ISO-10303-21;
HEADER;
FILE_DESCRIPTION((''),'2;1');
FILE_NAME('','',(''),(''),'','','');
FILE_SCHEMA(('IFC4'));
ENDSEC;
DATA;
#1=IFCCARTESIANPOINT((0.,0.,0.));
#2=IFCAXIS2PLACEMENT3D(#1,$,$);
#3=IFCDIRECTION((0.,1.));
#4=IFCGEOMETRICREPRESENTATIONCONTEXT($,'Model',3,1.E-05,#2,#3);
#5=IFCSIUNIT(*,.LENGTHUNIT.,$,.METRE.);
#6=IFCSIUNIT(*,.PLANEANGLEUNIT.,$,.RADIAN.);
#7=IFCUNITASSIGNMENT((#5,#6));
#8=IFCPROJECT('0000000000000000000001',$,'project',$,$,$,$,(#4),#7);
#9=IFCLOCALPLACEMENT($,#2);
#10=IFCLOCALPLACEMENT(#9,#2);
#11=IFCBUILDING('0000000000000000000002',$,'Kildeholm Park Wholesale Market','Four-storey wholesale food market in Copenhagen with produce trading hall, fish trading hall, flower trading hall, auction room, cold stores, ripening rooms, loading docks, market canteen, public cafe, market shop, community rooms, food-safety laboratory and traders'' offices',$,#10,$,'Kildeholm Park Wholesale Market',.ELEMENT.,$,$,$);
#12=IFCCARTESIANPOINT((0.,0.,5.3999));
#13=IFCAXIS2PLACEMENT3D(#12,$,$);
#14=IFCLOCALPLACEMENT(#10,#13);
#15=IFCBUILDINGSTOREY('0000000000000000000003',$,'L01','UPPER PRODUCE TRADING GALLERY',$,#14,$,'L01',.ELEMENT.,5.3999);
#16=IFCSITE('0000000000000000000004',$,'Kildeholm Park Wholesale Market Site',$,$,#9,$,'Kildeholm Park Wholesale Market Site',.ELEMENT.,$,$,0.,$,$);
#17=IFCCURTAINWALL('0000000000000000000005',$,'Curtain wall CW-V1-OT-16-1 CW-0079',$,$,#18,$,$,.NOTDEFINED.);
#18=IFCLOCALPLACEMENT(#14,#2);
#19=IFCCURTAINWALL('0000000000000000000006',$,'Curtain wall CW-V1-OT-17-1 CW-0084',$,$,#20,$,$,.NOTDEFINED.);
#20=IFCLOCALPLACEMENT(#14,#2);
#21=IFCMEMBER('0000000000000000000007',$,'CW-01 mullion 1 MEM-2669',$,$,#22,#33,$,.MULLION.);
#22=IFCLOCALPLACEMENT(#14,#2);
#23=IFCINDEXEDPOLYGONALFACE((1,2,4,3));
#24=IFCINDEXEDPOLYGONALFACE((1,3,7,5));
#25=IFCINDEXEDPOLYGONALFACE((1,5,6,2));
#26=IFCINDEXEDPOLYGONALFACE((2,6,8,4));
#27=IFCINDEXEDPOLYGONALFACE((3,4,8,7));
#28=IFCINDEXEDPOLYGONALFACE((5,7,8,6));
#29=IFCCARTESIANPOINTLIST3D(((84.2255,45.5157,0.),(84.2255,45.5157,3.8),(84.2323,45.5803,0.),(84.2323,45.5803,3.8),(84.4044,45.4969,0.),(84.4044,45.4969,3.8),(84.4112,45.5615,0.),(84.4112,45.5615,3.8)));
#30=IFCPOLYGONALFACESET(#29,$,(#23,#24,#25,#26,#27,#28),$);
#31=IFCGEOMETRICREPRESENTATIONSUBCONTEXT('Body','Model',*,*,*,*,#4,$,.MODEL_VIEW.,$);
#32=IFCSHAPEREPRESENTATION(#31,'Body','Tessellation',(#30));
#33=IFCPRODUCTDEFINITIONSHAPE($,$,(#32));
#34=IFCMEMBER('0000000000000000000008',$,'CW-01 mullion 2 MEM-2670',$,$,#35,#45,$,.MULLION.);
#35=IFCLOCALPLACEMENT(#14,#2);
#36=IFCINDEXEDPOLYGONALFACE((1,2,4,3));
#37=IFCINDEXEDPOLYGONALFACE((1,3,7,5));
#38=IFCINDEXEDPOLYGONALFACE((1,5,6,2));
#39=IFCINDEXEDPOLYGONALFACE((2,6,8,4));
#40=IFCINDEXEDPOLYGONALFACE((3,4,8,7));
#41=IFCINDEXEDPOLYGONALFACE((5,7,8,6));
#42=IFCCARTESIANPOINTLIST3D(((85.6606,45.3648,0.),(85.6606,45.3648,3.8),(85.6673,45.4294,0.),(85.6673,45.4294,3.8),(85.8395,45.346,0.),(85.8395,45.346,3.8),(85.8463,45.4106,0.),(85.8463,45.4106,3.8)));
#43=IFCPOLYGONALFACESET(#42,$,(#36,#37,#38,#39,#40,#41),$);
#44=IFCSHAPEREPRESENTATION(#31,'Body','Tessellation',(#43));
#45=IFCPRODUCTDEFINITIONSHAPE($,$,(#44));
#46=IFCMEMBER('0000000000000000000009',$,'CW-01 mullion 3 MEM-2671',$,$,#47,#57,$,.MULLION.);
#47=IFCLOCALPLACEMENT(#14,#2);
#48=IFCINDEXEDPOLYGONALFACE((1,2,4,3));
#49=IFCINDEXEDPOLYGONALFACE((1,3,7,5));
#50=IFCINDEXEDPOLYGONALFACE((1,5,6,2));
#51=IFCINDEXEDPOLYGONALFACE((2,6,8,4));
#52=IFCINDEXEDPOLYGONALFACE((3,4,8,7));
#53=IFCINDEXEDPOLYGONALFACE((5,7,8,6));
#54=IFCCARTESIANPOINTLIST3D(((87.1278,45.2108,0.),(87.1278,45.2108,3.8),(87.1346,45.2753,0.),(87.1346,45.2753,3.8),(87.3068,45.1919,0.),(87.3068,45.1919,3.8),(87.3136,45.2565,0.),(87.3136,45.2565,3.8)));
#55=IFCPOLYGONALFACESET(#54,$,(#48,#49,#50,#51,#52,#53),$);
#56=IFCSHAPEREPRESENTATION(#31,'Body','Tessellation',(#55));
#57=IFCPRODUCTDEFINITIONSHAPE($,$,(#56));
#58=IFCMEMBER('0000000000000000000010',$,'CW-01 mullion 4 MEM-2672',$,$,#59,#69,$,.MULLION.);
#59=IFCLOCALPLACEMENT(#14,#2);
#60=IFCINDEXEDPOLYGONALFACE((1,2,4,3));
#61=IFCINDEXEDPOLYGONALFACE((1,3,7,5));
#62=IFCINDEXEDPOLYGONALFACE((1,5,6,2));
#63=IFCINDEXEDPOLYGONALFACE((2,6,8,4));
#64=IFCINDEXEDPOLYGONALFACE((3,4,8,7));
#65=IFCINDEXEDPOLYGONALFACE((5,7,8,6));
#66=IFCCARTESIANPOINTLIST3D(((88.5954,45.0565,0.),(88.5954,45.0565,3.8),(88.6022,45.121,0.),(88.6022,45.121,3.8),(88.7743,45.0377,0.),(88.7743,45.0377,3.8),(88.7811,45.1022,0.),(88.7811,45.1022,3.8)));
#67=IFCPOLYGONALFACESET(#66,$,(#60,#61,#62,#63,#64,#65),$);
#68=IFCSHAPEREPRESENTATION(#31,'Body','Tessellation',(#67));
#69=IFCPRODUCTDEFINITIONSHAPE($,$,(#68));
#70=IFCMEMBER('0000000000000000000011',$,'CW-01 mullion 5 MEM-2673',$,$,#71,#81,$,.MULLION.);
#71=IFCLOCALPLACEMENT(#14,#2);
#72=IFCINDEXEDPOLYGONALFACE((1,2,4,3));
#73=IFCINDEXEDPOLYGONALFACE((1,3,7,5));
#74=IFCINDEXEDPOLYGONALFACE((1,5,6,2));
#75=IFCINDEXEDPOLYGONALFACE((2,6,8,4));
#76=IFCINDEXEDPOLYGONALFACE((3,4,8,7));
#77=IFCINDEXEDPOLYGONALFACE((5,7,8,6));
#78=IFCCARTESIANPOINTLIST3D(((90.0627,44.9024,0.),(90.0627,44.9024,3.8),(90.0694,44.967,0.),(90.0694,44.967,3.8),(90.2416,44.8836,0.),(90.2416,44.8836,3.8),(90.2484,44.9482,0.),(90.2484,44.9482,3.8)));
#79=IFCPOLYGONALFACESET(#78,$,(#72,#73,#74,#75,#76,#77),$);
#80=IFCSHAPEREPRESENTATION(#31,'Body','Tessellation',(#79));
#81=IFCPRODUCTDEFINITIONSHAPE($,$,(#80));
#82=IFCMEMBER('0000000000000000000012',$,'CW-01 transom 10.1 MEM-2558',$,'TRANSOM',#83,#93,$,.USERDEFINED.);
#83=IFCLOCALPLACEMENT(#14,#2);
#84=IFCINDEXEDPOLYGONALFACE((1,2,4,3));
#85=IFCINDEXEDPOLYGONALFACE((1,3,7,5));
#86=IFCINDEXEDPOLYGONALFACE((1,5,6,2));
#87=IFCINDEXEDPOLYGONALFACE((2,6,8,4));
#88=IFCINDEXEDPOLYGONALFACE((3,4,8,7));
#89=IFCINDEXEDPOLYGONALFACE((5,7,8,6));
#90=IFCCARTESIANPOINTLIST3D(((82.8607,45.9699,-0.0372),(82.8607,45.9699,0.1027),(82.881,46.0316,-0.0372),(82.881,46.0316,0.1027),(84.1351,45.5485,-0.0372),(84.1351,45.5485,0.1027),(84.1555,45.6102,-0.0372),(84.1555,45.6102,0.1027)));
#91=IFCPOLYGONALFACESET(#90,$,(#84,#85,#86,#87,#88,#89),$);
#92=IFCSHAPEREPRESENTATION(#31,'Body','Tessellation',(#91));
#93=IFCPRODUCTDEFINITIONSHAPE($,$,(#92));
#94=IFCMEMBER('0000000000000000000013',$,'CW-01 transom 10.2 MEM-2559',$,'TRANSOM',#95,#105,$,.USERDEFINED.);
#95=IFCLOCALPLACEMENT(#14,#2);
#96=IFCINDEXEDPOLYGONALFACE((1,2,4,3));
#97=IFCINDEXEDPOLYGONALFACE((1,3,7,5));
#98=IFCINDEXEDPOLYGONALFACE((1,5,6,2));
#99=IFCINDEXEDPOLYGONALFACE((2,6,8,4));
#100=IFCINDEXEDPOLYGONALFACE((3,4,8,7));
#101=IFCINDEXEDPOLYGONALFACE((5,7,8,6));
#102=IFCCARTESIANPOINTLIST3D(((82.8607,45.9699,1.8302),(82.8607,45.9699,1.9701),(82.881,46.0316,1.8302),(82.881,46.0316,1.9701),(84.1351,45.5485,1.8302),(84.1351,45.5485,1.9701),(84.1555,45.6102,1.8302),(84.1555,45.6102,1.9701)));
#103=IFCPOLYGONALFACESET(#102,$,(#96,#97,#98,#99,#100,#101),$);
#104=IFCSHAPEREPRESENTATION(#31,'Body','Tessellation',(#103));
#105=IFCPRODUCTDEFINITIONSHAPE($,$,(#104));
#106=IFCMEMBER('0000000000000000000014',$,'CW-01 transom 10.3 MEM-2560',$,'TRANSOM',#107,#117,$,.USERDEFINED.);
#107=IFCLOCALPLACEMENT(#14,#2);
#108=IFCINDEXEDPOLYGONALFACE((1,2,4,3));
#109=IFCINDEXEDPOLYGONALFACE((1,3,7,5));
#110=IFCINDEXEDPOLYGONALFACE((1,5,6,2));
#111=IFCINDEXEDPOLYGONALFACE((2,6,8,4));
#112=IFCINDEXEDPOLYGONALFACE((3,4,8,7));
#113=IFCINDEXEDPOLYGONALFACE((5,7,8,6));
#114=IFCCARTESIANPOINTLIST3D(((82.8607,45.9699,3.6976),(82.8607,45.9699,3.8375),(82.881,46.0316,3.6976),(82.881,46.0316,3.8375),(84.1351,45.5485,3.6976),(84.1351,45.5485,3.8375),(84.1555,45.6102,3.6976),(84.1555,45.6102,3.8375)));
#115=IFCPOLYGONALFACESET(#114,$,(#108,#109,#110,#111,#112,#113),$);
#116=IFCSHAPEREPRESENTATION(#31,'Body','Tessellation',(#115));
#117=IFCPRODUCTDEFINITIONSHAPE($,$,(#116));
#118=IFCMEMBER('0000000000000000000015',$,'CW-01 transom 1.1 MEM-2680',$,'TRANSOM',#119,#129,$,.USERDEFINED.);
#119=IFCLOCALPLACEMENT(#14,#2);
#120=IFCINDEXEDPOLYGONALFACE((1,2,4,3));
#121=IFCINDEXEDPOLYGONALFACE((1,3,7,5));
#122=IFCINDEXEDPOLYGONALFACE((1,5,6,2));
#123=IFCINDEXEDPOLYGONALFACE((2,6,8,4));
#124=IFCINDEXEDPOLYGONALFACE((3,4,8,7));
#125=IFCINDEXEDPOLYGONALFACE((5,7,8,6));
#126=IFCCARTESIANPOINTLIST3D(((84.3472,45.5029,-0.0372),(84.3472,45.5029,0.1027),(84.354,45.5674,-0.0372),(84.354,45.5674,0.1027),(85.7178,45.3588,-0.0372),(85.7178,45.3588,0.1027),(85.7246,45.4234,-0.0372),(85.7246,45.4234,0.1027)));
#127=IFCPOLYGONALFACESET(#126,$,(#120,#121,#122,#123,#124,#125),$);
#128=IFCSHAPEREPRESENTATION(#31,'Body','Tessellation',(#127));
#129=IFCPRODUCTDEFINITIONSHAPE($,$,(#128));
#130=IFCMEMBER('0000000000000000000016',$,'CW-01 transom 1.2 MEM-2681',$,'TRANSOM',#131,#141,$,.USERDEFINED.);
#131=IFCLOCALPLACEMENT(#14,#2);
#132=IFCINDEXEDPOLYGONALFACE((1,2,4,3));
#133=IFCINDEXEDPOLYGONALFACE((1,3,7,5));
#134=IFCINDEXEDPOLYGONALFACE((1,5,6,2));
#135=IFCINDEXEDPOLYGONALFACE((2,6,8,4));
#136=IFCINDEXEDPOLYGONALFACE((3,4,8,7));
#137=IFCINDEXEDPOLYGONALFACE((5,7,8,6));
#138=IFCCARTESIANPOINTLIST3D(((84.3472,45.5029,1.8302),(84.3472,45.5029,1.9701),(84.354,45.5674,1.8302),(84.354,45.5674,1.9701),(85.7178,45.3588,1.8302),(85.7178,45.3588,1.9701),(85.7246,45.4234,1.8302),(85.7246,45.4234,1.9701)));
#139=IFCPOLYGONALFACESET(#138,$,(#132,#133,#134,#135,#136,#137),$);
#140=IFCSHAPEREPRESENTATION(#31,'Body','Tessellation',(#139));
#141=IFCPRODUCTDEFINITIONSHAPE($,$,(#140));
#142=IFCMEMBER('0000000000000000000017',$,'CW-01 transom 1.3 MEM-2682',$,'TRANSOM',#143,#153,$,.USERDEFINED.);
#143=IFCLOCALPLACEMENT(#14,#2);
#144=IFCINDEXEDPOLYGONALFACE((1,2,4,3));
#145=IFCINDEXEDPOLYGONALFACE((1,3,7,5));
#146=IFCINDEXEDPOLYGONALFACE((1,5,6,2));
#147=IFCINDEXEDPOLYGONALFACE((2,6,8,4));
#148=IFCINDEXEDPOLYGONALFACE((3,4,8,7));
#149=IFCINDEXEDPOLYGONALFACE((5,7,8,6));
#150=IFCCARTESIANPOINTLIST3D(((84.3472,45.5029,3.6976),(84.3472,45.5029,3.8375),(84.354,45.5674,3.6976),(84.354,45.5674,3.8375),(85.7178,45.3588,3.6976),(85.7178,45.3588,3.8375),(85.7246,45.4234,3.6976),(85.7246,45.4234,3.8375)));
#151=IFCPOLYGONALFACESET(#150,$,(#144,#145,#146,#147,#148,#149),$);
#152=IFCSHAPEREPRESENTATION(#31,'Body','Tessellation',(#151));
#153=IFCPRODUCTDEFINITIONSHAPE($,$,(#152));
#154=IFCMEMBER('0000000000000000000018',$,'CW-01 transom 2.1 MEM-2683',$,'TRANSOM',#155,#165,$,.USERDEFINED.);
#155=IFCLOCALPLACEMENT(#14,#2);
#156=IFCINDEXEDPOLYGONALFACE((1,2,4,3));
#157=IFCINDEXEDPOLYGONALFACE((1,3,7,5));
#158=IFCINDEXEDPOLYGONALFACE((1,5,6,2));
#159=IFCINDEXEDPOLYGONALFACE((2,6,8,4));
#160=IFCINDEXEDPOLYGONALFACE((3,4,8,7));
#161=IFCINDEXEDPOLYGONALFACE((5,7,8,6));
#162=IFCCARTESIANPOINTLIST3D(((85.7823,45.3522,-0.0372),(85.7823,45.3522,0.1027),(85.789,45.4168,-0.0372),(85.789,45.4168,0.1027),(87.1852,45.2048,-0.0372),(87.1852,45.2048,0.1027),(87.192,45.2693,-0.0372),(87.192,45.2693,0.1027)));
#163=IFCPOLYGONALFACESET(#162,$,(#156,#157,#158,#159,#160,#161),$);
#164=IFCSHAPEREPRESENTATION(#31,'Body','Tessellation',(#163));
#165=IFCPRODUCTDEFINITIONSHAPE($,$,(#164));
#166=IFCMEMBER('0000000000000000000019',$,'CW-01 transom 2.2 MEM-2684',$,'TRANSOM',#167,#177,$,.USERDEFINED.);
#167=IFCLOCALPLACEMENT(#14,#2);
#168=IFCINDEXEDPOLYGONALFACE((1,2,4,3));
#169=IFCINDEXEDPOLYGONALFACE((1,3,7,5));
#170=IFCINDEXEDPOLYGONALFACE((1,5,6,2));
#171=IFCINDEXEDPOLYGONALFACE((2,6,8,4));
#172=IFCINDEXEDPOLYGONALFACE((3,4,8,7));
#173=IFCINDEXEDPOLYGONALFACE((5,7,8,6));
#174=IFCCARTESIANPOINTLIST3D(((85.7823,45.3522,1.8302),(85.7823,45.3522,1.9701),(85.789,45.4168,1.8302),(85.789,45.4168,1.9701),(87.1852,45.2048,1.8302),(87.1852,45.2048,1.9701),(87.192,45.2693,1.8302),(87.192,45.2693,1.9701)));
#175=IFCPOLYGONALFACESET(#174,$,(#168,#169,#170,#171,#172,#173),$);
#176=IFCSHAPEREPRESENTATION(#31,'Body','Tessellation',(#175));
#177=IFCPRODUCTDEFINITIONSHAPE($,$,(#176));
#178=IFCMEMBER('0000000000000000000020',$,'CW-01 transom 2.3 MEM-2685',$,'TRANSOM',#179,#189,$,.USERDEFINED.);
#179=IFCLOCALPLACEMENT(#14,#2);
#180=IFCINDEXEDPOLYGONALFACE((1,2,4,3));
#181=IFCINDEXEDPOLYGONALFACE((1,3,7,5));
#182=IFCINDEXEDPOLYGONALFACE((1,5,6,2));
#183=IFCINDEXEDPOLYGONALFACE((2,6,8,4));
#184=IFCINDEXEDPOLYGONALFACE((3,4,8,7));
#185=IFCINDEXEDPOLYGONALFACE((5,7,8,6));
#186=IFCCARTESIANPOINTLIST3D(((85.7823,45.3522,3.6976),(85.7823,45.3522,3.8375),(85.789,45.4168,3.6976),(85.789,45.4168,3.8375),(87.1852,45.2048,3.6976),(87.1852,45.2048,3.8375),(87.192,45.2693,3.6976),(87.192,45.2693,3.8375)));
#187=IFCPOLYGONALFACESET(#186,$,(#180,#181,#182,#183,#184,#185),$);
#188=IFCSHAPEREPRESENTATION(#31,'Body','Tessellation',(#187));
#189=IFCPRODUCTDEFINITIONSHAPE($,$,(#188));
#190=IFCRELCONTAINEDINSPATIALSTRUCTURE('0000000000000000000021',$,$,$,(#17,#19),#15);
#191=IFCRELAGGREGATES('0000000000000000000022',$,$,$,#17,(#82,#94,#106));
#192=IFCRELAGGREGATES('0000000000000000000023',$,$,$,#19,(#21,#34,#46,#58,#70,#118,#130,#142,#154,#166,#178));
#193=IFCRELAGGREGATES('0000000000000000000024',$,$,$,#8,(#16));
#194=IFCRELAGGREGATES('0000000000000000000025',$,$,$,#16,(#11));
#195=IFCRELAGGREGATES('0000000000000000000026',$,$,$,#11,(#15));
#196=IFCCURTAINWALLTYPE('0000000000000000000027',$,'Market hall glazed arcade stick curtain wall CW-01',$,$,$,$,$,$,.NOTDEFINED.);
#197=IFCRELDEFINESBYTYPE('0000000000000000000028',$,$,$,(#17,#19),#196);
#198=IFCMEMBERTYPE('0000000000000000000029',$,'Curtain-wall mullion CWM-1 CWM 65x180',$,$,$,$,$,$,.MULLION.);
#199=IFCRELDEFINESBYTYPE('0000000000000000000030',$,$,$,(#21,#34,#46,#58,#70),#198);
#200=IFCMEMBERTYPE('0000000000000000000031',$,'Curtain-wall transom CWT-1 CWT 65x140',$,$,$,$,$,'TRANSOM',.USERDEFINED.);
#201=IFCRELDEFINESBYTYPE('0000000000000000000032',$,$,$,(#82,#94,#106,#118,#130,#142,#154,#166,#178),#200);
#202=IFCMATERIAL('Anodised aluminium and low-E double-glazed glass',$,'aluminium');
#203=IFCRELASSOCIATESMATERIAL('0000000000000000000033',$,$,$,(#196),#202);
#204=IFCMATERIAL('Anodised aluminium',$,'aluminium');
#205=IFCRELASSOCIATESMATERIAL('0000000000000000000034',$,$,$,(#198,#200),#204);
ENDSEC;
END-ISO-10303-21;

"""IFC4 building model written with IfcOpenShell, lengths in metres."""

from ifc_helpers import new_model, si_unit, direction, frame, origin, origin_2d, place, context, subcontext, project, spatial, rectangle, extrude, material, material_profile, profile_set, type_object, element, aggregate, save


model = new_model("IFC4")

# Units and contexts
model_context = context("Model", 3, precision=1e-05, world=origin(), true_north=direction((0.0, 1.0)))
body_context = subcontext(model_context, "Body", "Model", "MODEL_VIEW")
ifc_project = project(units=[si_unit("LENGTHUNIT", "METRE"), si_unit("PLANEANGLEUNIT", "RADIAN")], contexts=[model_context])

# Site, building, storey
site_placement = place(None, origin())
site = spatial("IfcSite", under=ifc_project, at=site_placement, Name="Kildeholm Park Wholesale Market Site", LongName="Kildeholm Park Wholesale Market Site", CompositionType="ELEMENT", RefElevation=0.0)
building_placement = place(site_placement, origin())
building = spatial("IfcBuilding", under=site, at=building_placement, Name="Kildeholm Park Wholesale Market", Description="Four-storey wholesale food market in Copenhagen with produce trading hall, fish trading hall, flower trading hall, auction room, cold stores, ripening rooms, loading docks, market canteen, public cafe, market shop, community rooms, food-safety laboratory and traders' offices", LongName="Kildeholm Park Wholesale Market", CompositionType="ELEMENT")
storey_placement = place(building_placement, frame((0.0, 0.0, 5.3999)))
storey = spatial("IfcBuildingStorey", under=building, at=storey_placement, Name="L01", Description="UPPER PRODUCE TRADING GALLERY", LongName="L01", CompositionType="ELEMENT", Elevation=5.3999)

# Curtain wall
ifc_material_1 = material(Name="Anodised aluminium and low-E double-glazed glass", Category="aluminium")
curtain_wall_type = type_object("IfcCurtainWallType", Name="Market hall glazed arcade stick curtain wall CW-01", PredefinedType="NOTDEFINED", material=ifc_material_1)
curtain_wall_1_placement = place(storey_placement, origin())
curtain_wall_1 = element("IfcCurtainWall", 1, at=curtain_wall_1_placement, inside=storey, type_object=curtain_wall_type, Name="Curtain wall CW-V1-OT-16-1 CW-0079", PredefinedType="NOTDEFINED")
ifc_material_2 = material(Name="Anodised aluminium", Category="aluminium")
ifc_material_profile_1 = material_profile(ifc_material_2, rectangle(XDim=0.0649, YDim=0.1799, at=origin_2d()), Name="CWM 65x180")
ifc_profile_set_1 = profile_set([ifc_material_profile_1], Name="Anodised aluminium")
member_type_1 = type_object("IfcMemberType", Name="Curtain-wall mullion CWM-1 CWM 65x180", PredefinedType="MULLION", material=ifc_profile_set_1)

# Curtain wall, members
curtain_wall_2_placement = place(storey_placement, origin())
curtain_wall_2 = element("IfcCurtainWall", 2, at=curtain_wall_2_placement, inside=storey, type_object=curtain_wall_type, Name="Curtain wall CW-V1-OT-17-1 CW-0084", PredefinedType="NOTDEFINED")
member_1_placement = place(storey_placement, frame((84.3184, 45.5386, 0.0), z_axis=(0.0, 0.0, 1.0), x_axis=(0.104508, 0.994524, 0.0)))
member_1 = element("IfcMember", 3, at=member_1_placement, type_object=member_type_1, Name="CW-01 mullion 1 MEM-2669", PredefinedType="MULLION", context=body_context, shape_type="SweptSolid", body=[
    extrude(rectangle(XDim=0.0649, YDim=0.1799, at=origin_2d()), origin(), (0.0, 0.0, 1.0), 3.8),
])
member_2_placement = place(storey_placement, frame((85.7534, 45.3877, 0.0), z_axis=(0.0, 0.0, 1.0), x_axis=(0.104508, 0.994524, 0.0)))
member_2 = element("IfcMember", 4, at=member_2_placement, type_object=member_type_1, Name="CW-01 mullion 2 MEM-2670", PredefinedType="MULLION", context=body_context, shape_type="SweptSolid", body=[
    extrude(rectangle(XDim=0.0649, YDim=0.1799, at=origin_2d()), origin(), (0.0, 0.0, 1.0), 3.8),
])
member_3_placement = place(storey_placement, frame((87.2207, 45.2336, 0.0), z_axis=(0.0, 0.0, 1.0), x_axis=(0.104508, 0.994524, 0.0)))
member_3 = element("IfcMember", 5, at=member_3_placement, type_object=member_type_1, Name="CW-01 mullion 3 MEM-2671", PredefinedType="MULLION", context=body_context, shape_type="SweptSolid", body=[
    extrude(rectangle(XDim=0.0649, YDim=0.1799, at=origin_2d()), origin(), (0.0, 0.0, 1.0), 3.8),
])
member_4_placement = place(storey_placement, frame((88.6882, 45.0793, 0.0), z_axis=(0.0, 0.0, 1.0), x_axis=(0.104508, 0.994524, 0.0)))
member_4 = element("IfcMember", 6, at=member_4_placement, type_object=member_type_1, Name="CW-01 mullion 4 MEM-2672", PredefinedType="MULLION", context=body_context, shape_type="SweptSolid", body=[
    extrude(rectangle(XDim=0.0649, YDim=0.1799, at=origin_2d()), origin(), (0.0, 0.0, 1.0), 3.8),
])
member_5_placement = place(storey_placement, frame((90.1555, 44.9253, 0.0), z_axis=(0.0, 0.0, 1.0), x_axis=(0.104508, 0.994524, 0.0)))
member_5 = element("IfcMember", 7, at=member_5_placement, type_object=member_type_1, Name="CW-01 mullion 5 MEM-2673", PredefinedType="MULLION", context=body_context, shape_type="SweptSolid", body=[
    extrude(rectangle(XDim=0.0649, YDim=0.1799, at=origin_2d()), origin(), (0.0, 0.0, 1.0), 3.8),
])

# Members
ifc_material_profile_2 = material_profile(ifc_material_2, rectangle(XDim=0.0649, YDim=0.1399, at=origin_2d()), Name="CWT 65x140")
ifc_profile_set_2 = profile_set([ifc_material_profile_2], Name="Anodised aluminium")
member_type_2 = type_object("IfcMemberType", Name="Curtain-wall transom CWT-1 CWT 65x140", ElementType="TRANSOM", PredefinedType="USERDEFINED", material=ifc_profile_set_2)
member_6_placement = place(storey_placement, frame((82.8708, 46.0007, 0.0327), z_axis=(0.949444, -0.313935, 0.0), x_axis=(0.313935, 0.949444, 0.0)))
member_6 = element("IfcMember", 8, at=member_6_placement, type_object=member_type_2, Name="CW-01 transom 10.1 MEM-2558", ObjectType="TRANSOM", PredefinedType="USERDEFINED", context=body_context, shape_type="SweptSolid", body=[
    extrude(rectangle(XDim=0.0649, YDim=0.1399, at=origin_2d()), origin(), (0.0, 0.0, 1.0), 1.3423),
])
member_7_placement = place(storey_placement, frame((82.8708, 46.0007, 1.9001), z_axis=(0.949444, -0.313935, 0.0), x_axis=(0.313935, 0.949444, 0.0)))
member_7 = element("IfcMember", 9, at=member_7_placement, type_object=member_type_2, Name="CW-01 transom 10.2 MEM-2559", ObjectType="TRANSOM", PredefinedType="USERDEFINED", context=body_context, shape_type="SweptSolid", body=[
    extrude(rectangle(XDim=0.0649, YDim=0.1399, at=origin_2d()), origin(), (0.0, 0.0, 1.0), 1.3423),
])
member_8_placement = place(storey_placement, frame((82.8708, 46.0007, 3.7676), z_axis=(0.949444, -0.313935, 0.0), x_axis=(0.313935, 0.949444, 0.0)))
member_8 = element("IfcMember", 10, at=member_8_placement, type_object=member_type_2, Name="CW-01 transom 10.3 MEM-2560", ObjectType="TRANSOM", PredefinedType="USERDEFINED", context=body_context, shape_type="SweptSolid", body=[
    extrude(rectangle(XDim=0.0649, YDim=0.1399, at=origin_2d()), origin(), (0.0, 0.0, 1.0), 1.3423),
])
member_9_placement = place(storey_placement, frame((84.3506, 45.5352, 0.0327), z_axis=(0.994523, -0.104519, 0.0), x_axis=(0.104519, 0.994523, 0.0)))
member_9 = element("IfcMember", 11, at=member_9_placement, type_object=member_type_2, Name="CW-01 transom 1.1 MEM-2680", ObjectType="TRANSOM", PredefinedType="USERDEFINED", context=body_context, shape_type="SweptSolid", body=[
    extrude(rectangle(XDim=0.0649, YDim=0.1399, at=origin_2d()), origin(), (0.0, 0.0, 1.0), 1.3782),
])
member_10_placement = place(storey_placement, frame((84.3506, 45.5352, 1.9001), z_axis=(0.994523, -0.104519, 0.0), x_axis=(0.104519, 0.994523, 0.0)))
member_10 = element("IfcMember", 12, at=member_10_placement, type_object=member_type_2, Name="CW-01 transom 1.2 MEM-2681", ObjectType="TRANSOM", PredefinedType="USERDEFINED", context=body_context, shape_type="SweptSolid", body=[
    extrude(rectangle(XDim=0.0649, YDim=0.1399, at=origin_2d()), origin(), (0.0, 0.0, 1.0), 1.3782),
])
member_11_placement = place(storey_placement, frame((84.3506, 45.5352, 3.7676), z_axis=(0.994523, -0.104519, 0.0), x_axis=(0.104519, 0.994523, 0.0)))
member_11 = element("IfcMember", 13, at=member_11_placement, type_object=member_type_2, Name="CW-01 transom 1.3 MEM-2682", ObjectType="TRANSOM", PredefinedType="USERDEFINED", context=body_context, shape_type="SweptSolid", body=[
    extrude(rectangle(XDim=0.0649, YDim=0.1399, at=origin_2d()), origin(), (0.0, 0.0, 1.0), 1.3782),
])
member_12_placement = place(storey_placement, frame((85.7856, 45.3845, 0.0327), z_axis=(0.994521, -0.104541, 0.0), x_axis=(0.104541, 0.994521, 0.0)))
member_12 = element("IfcMember", 14, at=member_12_placement, type_object=member_type_2, Name="CW-01 transom 2.1 MEM-2683", ObjectType="TRANSOM", PredefinedType="USERDEFINED", context=body_context, shape_type="SweptSolid", body=[
    extrude(rectangle(XDim=0.0649, YDim=0.1399, at=origin_2d()), origin(), (0.0, 0.0, 1.0), 1.4106),
])
member_13_placement = place(storey_placement, frame((85.7856, 45.3845, 1.9001), z_axis=(0.994521, -0.104541, 0.0), x_axis=(0.104541, 0.994521, 0.0)))
member_13 = element("IfcMember", 15, at=member_13_placement, type_object=member_type_2, Name="CW-01 transom 2.2 MEM-2684", ObjectType="TRANSOM", PredefinedType="USERDEFINED", context=body_context, shape_type="SweptSolid", body=[
    extrude(rectangle(XDim=0.0649, YDim=0.1399, at=origin_2d()), origin(), (0.0, 0.0, 1.0), 1.4106),
])
member_14_placement = place(storey_placement, frame((85.7856, 45.3845, 3.7676), z_axis=(0.994521, -0.104541, 0.0), x_axis=(0.104541, 0.994521, 0.0)))
member_14 = element("IfcMember", 16, at=member_14_placement, type_object=member_type_2, Name="CW-01 transom 2.3 MEM-2685", ObjectType="TRANSOM", PredefinedType="USERDEFINED", context=body_context, shape_type="SweptSolid", body=[
    extrude(rectangle(XDim=0.0649, YDim=0.1399, at=origin_2d()), origin(), (0.0, 0.0, 1.0), 1.4106),
])

aggregate(curtain_wall_1, [member_6, member_7, member_8])
aggregate(curtain_wall_2, [member_1, member_2, member_3, member_4, member_5, member_9, member_10, member_11, member_12, member_13, member_14])

save(model, "model.ifc")
